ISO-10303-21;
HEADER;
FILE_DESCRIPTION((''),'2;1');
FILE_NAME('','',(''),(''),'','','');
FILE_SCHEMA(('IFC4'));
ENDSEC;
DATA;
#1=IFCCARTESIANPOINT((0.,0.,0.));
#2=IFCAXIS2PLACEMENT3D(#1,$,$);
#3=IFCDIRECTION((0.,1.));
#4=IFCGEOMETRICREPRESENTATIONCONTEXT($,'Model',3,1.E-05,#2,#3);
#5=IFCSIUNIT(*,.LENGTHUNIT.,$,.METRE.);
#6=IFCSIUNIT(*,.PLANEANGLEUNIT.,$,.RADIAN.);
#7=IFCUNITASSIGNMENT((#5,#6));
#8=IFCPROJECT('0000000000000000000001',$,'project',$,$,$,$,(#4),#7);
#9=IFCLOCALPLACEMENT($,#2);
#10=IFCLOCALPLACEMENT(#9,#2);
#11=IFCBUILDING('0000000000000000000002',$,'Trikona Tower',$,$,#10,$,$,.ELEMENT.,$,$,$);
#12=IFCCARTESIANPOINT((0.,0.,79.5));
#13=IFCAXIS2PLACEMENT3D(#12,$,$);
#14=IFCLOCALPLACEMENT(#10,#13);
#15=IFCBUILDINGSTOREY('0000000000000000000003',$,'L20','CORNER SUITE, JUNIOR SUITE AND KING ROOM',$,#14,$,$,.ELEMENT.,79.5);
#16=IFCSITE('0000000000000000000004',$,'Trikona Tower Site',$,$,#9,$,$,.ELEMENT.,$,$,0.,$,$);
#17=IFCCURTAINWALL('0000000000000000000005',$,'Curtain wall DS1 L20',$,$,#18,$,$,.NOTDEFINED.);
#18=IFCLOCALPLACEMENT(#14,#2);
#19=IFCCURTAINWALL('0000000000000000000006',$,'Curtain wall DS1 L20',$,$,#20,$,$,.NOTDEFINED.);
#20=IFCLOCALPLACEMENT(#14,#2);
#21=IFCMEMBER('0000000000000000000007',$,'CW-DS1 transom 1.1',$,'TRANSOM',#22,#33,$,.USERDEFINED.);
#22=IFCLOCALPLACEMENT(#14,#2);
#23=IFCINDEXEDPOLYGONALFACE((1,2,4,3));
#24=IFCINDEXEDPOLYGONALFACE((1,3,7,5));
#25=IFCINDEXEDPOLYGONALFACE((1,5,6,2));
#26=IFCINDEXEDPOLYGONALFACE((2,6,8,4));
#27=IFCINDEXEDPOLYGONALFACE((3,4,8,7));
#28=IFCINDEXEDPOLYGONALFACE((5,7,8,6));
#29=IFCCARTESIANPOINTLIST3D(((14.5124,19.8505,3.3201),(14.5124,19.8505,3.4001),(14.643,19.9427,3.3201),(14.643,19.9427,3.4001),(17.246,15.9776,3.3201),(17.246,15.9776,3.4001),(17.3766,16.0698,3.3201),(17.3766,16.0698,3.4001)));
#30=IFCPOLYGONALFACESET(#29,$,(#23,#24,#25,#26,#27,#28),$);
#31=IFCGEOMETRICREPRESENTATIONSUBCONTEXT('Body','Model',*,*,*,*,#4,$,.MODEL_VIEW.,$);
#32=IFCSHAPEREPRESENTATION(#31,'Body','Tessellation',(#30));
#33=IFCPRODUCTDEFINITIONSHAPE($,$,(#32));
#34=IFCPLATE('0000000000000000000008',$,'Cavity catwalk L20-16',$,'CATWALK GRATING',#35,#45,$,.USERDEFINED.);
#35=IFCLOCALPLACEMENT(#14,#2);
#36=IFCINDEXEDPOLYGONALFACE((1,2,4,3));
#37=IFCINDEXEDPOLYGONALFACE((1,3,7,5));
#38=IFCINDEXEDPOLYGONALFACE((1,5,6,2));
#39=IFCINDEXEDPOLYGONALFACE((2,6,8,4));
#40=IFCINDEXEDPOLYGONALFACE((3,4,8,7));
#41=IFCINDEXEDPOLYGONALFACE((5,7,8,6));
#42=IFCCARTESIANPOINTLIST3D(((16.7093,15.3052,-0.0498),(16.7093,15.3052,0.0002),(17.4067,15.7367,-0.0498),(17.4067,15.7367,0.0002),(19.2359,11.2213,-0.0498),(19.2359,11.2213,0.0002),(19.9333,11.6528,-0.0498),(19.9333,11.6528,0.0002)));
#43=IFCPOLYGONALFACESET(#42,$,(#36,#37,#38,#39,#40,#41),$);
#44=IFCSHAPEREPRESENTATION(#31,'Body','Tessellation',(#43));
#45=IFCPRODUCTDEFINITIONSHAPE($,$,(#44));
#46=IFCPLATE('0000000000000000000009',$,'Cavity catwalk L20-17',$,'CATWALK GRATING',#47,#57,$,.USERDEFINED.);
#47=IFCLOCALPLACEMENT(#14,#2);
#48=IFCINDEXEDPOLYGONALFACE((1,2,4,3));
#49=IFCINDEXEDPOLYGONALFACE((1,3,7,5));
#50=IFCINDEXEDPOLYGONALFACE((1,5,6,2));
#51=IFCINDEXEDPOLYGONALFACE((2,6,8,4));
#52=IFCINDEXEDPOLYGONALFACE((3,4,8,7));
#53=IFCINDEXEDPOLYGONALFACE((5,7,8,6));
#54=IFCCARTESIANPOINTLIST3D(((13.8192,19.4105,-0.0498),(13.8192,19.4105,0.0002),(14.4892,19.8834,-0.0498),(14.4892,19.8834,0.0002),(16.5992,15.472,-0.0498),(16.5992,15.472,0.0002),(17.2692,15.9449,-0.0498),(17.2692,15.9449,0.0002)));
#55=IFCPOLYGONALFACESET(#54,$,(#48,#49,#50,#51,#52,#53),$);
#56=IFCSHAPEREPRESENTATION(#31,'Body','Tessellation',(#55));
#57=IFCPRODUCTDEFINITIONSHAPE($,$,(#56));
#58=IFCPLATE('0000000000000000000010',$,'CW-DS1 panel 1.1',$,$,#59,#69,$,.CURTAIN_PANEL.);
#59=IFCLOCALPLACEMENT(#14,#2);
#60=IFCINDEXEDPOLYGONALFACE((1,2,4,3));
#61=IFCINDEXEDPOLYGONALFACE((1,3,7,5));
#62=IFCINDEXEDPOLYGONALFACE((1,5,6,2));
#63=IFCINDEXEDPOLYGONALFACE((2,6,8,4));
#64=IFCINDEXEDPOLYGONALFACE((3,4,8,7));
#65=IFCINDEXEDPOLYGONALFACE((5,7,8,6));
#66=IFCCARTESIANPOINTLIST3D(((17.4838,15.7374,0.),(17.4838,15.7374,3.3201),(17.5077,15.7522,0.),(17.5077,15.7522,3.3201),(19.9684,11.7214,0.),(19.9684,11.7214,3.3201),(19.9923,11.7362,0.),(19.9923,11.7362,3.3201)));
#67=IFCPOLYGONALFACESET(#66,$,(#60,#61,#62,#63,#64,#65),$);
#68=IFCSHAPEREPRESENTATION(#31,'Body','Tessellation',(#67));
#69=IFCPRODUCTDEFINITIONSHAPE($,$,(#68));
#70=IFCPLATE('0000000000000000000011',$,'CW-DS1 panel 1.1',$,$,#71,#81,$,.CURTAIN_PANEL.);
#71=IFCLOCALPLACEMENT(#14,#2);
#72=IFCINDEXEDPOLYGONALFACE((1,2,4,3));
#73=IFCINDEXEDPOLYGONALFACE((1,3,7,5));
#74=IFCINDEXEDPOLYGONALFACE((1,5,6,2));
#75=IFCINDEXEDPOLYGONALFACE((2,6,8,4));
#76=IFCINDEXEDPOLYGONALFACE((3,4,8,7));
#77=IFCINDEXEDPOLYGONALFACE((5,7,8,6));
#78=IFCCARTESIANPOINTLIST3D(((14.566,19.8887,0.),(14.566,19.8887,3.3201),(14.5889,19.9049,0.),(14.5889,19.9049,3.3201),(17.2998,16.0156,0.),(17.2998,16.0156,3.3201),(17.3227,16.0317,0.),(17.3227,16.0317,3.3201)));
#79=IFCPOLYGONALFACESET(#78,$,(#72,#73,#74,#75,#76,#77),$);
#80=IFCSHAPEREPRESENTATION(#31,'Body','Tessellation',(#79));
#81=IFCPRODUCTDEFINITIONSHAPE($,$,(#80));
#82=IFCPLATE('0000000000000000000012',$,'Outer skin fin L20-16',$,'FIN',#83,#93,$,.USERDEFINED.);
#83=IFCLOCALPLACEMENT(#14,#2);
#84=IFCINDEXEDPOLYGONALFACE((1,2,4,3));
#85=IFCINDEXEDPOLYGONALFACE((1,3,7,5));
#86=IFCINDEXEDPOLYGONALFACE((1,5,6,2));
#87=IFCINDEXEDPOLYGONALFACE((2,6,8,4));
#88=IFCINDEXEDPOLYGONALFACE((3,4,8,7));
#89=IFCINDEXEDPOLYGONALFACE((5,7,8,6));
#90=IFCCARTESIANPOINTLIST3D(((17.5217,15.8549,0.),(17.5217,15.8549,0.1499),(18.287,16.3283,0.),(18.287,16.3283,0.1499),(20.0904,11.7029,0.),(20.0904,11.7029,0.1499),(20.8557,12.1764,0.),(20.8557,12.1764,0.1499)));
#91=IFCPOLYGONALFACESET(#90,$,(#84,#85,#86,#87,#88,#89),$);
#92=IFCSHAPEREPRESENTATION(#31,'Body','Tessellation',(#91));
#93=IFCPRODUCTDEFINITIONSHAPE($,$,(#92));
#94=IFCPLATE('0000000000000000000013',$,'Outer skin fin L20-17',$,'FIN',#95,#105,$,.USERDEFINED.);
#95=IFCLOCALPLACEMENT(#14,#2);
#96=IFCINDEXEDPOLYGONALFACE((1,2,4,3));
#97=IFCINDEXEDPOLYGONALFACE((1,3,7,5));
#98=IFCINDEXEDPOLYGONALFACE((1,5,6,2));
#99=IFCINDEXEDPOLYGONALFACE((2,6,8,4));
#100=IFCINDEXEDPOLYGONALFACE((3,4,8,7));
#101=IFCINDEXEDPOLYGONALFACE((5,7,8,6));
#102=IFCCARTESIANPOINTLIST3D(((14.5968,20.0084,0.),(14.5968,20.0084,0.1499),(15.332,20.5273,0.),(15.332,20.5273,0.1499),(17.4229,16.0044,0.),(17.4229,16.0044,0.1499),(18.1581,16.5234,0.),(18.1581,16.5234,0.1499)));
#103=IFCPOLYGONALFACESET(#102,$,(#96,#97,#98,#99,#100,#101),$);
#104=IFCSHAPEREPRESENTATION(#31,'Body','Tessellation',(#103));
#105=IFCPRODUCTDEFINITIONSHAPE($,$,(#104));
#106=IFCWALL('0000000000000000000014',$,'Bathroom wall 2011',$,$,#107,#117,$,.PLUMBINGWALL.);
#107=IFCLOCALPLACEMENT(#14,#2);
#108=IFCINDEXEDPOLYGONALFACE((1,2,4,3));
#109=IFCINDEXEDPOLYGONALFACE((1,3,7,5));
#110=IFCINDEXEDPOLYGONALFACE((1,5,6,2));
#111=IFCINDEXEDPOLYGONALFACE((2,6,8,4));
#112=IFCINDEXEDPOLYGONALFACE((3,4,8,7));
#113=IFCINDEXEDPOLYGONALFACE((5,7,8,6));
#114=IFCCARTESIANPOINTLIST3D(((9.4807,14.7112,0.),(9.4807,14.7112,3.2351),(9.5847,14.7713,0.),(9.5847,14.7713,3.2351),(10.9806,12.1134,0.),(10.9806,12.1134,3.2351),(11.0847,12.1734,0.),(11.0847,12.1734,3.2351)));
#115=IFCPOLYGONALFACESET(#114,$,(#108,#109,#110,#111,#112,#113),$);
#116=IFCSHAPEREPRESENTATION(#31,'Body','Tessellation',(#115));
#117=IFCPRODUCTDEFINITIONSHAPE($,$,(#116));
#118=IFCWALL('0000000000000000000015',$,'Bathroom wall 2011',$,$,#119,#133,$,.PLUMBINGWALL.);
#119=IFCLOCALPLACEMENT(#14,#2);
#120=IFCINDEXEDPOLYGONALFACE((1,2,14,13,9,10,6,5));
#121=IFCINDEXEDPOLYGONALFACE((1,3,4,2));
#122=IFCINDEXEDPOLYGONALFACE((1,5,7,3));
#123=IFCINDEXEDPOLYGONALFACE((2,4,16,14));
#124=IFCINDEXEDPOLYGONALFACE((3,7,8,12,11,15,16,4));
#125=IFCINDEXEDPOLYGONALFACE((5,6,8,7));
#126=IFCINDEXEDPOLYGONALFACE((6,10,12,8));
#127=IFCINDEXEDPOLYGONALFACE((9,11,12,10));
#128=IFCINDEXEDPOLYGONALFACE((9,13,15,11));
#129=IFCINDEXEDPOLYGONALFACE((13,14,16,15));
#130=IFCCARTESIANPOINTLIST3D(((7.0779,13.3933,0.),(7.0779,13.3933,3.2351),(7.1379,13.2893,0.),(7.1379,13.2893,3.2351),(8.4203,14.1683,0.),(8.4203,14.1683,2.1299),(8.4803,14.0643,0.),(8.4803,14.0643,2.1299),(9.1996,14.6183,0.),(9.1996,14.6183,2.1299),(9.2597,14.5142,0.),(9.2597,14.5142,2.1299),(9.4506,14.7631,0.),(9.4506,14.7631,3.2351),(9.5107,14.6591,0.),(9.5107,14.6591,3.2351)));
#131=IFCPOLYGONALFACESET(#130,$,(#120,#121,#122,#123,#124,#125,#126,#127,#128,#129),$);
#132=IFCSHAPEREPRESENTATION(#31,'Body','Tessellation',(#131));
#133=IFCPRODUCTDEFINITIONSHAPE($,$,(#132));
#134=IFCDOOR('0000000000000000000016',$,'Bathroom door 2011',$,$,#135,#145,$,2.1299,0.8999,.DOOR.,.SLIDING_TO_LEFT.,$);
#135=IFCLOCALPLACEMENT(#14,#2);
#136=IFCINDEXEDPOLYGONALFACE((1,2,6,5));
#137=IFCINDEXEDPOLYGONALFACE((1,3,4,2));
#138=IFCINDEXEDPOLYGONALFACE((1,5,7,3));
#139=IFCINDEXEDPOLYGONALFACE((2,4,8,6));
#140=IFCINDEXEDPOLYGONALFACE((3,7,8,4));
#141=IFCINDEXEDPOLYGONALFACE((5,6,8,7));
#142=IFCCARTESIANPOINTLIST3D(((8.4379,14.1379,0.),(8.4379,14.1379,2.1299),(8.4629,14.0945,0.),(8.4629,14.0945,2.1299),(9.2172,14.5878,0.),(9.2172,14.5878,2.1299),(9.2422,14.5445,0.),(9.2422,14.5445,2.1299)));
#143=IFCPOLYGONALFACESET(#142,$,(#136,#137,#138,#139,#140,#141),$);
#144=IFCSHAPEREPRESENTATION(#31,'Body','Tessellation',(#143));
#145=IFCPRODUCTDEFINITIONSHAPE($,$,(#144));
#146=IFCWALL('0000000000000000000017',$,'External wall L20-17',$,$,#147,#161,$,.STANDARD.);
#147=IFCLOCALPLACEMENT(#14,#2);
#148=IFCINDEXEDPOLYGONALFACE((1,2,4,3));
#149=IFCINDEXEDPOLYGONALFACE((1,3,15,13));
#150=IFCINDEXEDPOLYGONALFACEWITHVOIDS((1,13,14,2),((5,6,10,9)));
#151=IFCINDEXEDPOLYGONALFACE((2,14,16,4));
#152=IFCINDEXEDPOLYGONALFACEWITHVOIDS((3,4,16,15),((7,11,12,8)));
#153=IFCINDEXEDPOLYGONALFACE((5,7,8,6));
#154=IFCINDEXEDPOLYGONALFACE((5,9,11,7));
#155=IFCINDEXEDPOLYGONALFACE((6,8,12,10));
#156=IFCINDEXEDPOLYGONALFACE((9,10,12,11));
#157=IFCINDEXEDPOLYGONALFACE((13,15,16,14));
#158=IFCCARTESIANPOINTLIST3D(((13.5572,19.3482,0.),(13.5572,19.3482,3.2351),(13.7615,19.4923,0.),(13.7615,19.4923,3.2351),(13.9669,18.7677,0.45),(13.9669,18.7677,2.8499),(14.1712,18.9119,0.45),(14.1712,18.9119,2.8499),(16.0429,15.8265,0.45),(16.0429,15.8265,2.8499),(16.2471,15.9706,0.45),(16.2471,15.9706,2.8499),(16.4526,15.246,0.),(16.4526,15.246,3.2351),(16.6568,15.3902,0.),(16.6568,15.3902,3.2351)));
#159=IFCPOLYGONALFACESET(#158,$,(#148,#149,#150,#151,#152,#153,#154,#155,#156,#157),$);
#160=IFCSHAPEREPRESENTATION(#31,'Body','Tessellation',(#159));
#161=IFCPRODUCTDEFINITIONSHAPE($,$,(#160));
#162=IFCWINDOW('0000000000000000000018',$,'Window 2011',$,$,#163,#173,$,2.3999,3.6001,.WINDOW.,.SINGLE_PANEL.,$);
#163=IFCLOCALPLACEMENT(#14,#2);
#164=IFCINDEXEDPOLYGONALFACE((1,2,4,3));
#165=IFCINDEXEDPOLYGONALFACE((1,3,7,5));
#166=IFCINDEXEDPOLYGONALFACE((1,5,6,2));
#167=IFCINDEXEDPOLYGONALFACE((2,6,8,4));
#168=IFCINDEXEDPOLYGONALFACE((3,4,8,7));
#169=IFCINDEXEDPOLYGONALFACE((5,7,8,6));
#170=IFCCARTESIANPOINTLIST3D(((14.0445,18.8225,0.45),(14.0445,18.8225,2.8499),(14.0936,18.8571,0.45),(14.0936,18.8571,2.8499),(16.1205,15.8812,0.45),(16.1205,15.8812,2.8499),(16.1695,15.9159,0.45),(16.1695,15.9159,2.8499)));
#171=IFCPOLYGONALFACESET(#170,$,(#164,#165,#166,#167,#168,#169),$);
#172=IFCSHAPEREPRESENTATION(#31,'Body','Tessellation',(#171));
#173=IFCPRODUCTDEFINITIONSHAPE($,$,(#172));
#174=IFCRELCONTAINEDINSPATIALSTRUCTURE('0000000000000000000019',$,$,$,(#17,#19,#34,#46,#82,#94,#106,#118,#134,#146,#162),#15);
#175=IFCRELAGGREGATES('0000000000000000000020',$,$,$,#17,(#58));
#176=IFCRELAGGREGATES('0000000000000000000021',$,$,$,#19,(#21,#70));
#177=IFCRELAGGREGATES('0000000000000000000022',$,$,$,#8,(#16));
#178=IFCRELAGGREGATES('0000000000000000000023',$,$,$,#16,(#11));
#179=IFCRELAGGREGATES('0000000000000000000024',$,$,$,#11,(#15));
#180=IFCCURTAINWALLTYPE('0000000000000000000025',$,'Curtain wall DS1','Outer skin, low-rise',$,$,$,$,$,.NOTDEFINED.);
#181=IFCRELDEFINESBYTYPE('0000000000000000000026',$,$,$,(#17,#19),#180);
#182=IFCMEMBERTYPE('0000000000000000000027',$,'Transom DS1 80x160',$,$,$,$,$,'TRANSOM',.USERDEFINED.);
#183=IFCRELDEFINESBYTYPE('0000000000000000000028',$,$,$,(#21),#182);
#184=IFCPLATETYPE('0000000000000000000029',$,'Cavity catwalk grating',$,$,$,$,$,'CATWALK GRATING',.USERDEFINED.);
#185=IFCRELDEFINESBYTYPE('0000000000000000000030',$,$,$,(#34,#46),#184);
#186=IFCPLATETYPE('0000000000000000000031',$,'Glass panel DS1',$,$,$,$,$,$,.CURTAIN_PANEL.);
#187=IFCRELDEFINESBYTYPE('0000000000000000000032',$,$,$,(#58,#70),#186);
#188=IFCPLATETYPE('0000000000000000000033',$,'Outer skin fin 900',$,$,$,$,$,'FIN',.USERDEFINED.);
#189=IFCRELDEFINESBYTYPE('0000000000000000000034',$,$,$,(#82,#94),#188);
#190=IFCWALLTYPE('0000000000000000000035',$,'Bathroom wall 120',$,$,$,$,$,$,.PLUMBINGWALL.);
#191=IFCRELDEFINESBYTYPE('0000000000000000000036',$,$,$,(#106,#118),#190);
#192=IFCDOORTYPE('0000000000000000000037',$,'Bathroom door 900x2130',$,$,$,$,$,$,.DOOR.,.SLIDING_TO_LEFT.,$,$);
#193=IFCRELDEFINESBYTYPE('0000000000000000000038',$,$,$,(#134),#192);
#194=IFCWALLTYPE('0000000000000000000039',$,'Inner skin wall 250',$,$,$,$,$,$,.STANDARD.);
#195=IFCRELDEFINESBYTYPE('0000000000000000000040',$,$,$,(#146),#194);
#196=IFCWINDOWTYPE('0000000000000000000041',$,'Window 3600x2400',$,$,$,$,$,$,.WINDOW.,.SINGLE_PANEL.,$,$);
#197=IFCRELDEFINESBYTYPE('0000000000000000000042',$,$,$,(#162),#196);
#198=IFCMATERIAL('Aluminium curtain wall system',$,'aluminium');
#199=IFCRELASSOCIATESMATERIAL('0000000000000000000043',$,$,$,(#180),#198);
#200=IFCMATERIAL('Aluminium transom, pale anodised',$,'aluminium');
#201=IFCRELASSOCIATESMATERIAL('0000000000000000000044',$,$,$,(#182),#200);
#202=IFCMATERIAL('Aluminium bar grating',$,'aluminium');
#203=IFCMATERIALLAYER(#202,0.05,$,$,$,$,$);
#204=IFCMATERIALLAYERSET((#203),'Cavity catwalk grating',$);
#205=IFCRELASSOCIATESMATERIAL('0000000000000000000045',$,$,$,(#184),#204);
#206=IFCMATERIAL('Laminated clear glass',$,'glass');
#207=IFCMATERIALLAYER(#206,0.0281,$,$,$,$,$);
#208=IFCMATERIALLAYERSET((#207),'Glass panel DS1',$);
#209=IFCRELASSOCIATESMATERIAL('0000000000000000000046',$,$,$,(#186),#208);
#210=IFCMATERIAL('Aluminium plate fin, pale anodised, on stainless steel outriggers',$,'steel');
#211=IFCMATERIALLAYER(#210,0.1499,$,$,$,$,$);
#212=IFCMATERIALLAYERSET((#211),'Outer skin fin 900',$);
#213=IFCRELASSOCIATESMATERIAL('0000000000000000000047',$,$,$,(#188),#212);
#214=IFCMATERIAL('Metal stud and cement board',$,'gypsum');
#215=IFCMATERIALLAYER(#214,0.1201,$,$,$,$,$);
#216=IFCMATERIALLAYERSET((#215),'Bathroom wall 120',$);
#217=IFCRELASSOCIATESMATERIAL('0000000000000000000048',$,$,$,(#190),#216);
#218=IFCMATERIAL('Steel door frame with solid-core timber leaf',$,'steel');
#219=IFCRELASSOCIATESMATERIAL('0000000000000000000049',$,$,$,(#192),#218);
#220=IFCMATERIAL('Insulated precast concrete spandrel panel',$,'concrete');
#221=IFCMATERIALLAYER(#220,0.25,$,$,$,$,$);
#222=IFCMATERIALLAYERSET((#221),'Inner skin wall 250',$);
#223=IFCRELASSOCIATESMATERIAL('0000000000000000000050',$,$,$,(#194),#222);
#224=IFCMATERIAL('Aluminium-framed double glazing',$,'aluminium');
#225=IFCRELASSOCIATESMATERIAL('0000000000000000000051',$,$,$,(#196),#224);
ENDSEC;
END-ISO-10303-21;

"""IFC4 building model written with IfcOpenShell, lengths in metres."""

from ifc_helpers import new_model, si_unit, direction, frame, frame_2d, origin, origin_2d, place, context, subcontext, project, spatial, rectangle, extrude, material, layer, layer_set, material_profile, profile_set, type_object, element, fill, aggregate, save


model = new_model("IFC4")

# Units and contexts
model_context = context("Model", 3, precision=1e-05, world=origin(), true_north=direction((0.0, 1.0)))
body_context = subcontext(model_context, "Body", "Model", "MODEL_VIEW")
ifc_project = project(units=[si_unit("LENGTHUNIT", "METRE"), si_unit("PLANEANGLEUNIT", "RADIAN")], contexts=[model_context])

# Site, building, storey
site_placement = place(None, origin())
site = spatial("IfcSite", under=ifc_project, at=site_placement, Name="Trikona Tower Site", CompositionType="ELEMENT", RefElevation=0.0)
building_placement = place(site_placement, origin())
building = spatial("IfcBuilding", under=site, at=building_placement, Name="Trikona Tower", CompositionType="ELEMENT")
storey_placement = place(building_placement, frame((0.0, 0.0, 79.5)))
storey = spatial("IfcBuildingStorey", under=building, at=storey_placement, Name="L20", Description="CORNER SUITE, JUNIOR SUITE AND KING ROOM", CompositionType="ELEMENT", Elevation=79.5)

# Shared definitions
ifc_material_1 = material(Name="Aluminium curtain wall system", Category="aluminium")
curtain_wall_type = type_object("IfcCurtainWallType", Name="Curtain wall DS1", Description="Outer skin, low-rise", PredefinedType="NOTDEFINED", material=ifc_material_1)

# Curtain walls
curtain_wall_1_placement = place(storey_placement, origin())
curtain_wall_1 = element("IfcCurtainWall", 1, at=curtain_wall_1_placement, inside=storey, type_object=curtain_wall_type, Name="Curtain wall DS1 L20", PredefinedType="NOTDEFINED")
curtain_wall_2_placement = place(storey_placement, origin())
curtain_wall_2 = element("IfcCurtainWall", 2, at=curtain_wall_2_placement, inside=storey, type_object=curtain_wall_type, Name="Curtain wall DS1 L20", PredefinedType="NOTDEFINED")

# Member
ifc_material_2 = material(Name="Aluminium transom, pale anodised", Category="aluminium")
ifc_material_profile_1 = material_profile(ifc_material_2, rectangle(XDim=0.1599, YDim=0.0801, at=origin_2d()), Name="TRN-DS1")
ifc_profile_set_1 = profile_set([ifc_material_profile_1], Name="Aluminium transom, pale anodised")
member_type_1 = type_object("IfcMemberType", Name="Transom DS1 80x160", ElementType="TRANSOM", PredefinedType="USERDEFINED", material=ifc_profile_set_1)
member_1_placement = place(storey_placement, frame((17.3113, 16.0237, 3.3601), z_axis=(-0.576645, 0.816995, 0.0), x_axis=(-0.816995, -0.576645, 0.0)))
member_1 = element("IfcMember", 3, at=member_1_placement, type_object=member_type_1, Name="CW-DS1 transom 1.1", ObjectType="TRANSOM", PredefinedType="USERDEFINED", context=body_context, shape_type="SweptSolid", body=[
    extrude(rectangle(XDim=0.1599, YDim=0.0801, at=origin_2d()), origin(), (0.0, 0.0, 1.0), 4.7405),
])

# Plates
ifc_material_3 = material(Name="Aluminium bar grating", Category="aluminium")
ifc_layer_1 = layer(ifc_material_3, 0.05)
ifc_layer_set_1 = layer_set([ifc_layer_1], Name="Cavity catwalk grating")
plate_type_1 = type_object("IfcPlateType", Name="Cavity catwalk grating", ElementType="CATWALK GRATING", PredefinedType="USERDEFINED", material=ifc_layer_set_1)
plate_1_placement = place(storey_placement, frame((18.3213, 13.479, -0.0498), z_axis=(0.0, 0.0, 1.0), x_axis=(-0.526119, 0.850411, 0.0)))
element("IfcPlate", 4, at=plate_1_placement, inside=storey, type_object=plate_type_1, Name="Cavity catwalk L20-16", ObjectType="CATWALK GRATING", PredefinedType="USERDEFINED", context=body_context, shape_type="SweptSolid", body=[
    extrude(rectangle(XDim=4.8022, YDim=0.8201, at=origin_2d()), origin(), (0.0, 0.0, 1.0), 0.05),
])
plate_2_placement = place(storey_placement, frame((15.5442, 17.6777, -0.0498), z_axis=(0.0, 0.0, 1.0), x_axis=(-0.576662, 0.816983, 0.0)))
element("IfcPlate", 5, at=plate_2_placement, inside=storey, type_object=plate_type_1, Name="Cavity catwalk L20-17", ObjectType="CATWALK GRATING", PredefinedType="USERDEFINED", context=body_context, shape_type="SweptSolid", body=[
    extrude(rectangle(XDim=4.8208, YDim=0.8201, at=origin_2d()), origin(), (0.0, 0.0, 1.0), 0.05),
])

# Plates
ifc_material_4 = material(Name="Laminated clear glass", Category="glass")
ifc_layer_2 = layer(ifc_material_4, 0.0281)
ifc_layer_set_2 = layer_set([ifc_layer_2], Name="Glass panel DS1")
plate_type_2 = type_object("IfcPlateType", Name="Glass panel DS1", PredefinedType="CURTAIN_PANEL", material=ifc_layer_set_2)
plate_3_placement = place(storey_placement, frame((18.738, 13.7368, 0.0), z_axis=(0.0, 0.0, 1.0), x_axis=(-0.52612, 0.85041, 0.0)))
plate_3 = element("IfcPlate", 6, at=plate_3_placement, type_object=plate_type_2, Name="CW-DS1 panel 1.1", PredefinedType="CURTAIN_PANEL", context=body_context, shape_type="SweptSolid", body=[
    extrude(rectangle(XDim=4.7224, YDim=0.0281, at=origin_2d()), origin(), (0.0, 0.0, 1.0), 3.3201),
])
aggregate(curtain_wall_1, [plate_3])
plate_4_placement = place(storey_placement, frame((15.9443, 17.9602, 0.0), z_axis=(0.0, 0.0, 1.0), x_axis=(-0.576658, 0.816985, 0.0)))
plate_4 = element("IfcPlate", 7, at=plate_4_placement, type_object=plate_type_2, Name="CW-DS1 panel 1.1", PredefinedType="CURTAIN_PANEL", context=body_context, shape_type="SweptSolid", body=[
    extrude(rectangle(XDim=4.7407, YDim=0.0281, at=origin_2d()), origin(), (0.0, 0.0, 1.0), 3.3201),
])
aggregate(curtain_wall_2, [member_1, plate_4])

# Plates
ifc_material_5 = material(Name="Aluminium plate fin, pale anodised, on stainless steel outriggers", Category="steel")
ifc_layer_3 = layer(ifc_material_5, 0.1499)
ifc_layer_set_3 = layer_set([ifc_layer_3], Name="Outer skin fin 900")
plate_type_3 = type_object("IfcPlateType", Name="Outer skin fin 900", ElementType="FIN", PredefinedType="USERDEFINED", material=ifc_layer_set_3)
plate_5_placement = place(storey_placement, frame((19.1887, 14.0156, 0.0), z_axis=(0.0, 0.0, 1.0), x_axis=(-0.526119, 0.850411, 0.0)))
element("IfcPlate", 8, at=plate_5_placement, inside=storey, type_object=plate_type_3, Name="Outer skin fin L20-16", ObjectType="FIN", PredefinedType="USERDEFINED", context=body_context, shape_type="SweptSolid", body=[
    extrude(rectangle(XDim=4.8823, YDim=0.8999, at=origin_2d()), origin(), (0.0, 0.0, 1.0), 0.1499),
])
plate_6_placement = place(storey_placement, frame((16.3774, 18.2659, 0.0), z_axis=(0.0, 0.0, 1.0), x_axis=(-0.576662, 0.816983, 0.0)))
element("IfcPlate", 9, at=plate_6_placement, inside=storey, type_object=plate_type_3, Name="Outer skin fin L20-17", ObjectType="FIN", PredefinedType="USERDEFINED", context=body_context, shape_type="SweptSolid", body=[
    extrude(rectangle(XDim=4.9009, YDim=0.8999, at=origin_2d()), origin(), (0.0, 0.0, 1.0), 0.1499),
])

# Wall
ifc_material_6 = material(Name="Metal stud and cement board", Category="gypsum")
ifc_layer_4 = layer(ifc_material_6, 0.1201)
ifc_layer_set_4 = layer_set([ifc_layer_4], Name="Bathroom wall 120")
wall_type_1 = type_object("IfcWallType", Name="Bathroom wall 120", PredefinedType="PLUMBINGWALL", material=ifc_layer_set_4)
wall_1_placement = place(storey_placement, frame((11.0327, 12.1433, 0.0), z_axis=(0.0, 0.0, 1.0), x_axis=(-0.500025, 0.866011, 0.0)))
element("IfcWall", 10, at=wall_1_placement, inside=storey, type_object=wall_type_1, Name="Bathroom wall 2011", PredefinedType="PLUMBINGWALL", context=body_context, shape_type="SweptSolid", body=[
    extrude(rectangle(XDim=2.9998, YDim=0.1201, at=frame_2d((1.5, 0.0))), origin(), (0.0, 0.0, 1.0), 3.2351),
])

# Wall, opening, door
wall_2_placement = place(storey_placement, frame((7.1079, 13.3413, 0.0), z_axis=(0.0, 0.0, 1.0), x_axis=(0.866036, 0.499982, 0.0)))
wall_2 = element("IfcWall", 11, at=wall_2_placement, inside=storey, type_object=wall_type_1, Name="Bathroom wall 2011", PredefinedType="PLUMBINGWALL", context=body_context, shape_type="SweptSolid", body=[
    extrude(rectangle(XDim=2.7397, YDim=0.1201, at=frame_2d((1.3699, 0.0))), origin(), (0.0, 0.0, 1.0), 3.2351),
])
opening_1_placement = place(wall_2_placement, frame((1.55, 0.0, 0.0)))
opening_1 = element("IfcOpeningElement", 12, at=opening_1_placement, cuts=wall_2, PredefinedType="OPENING", context=body_context, shape_type="SweptSolid", body=[
    extrude(rectangle(XDim=0.8999, YDim=2.1299, at=frame_2d((0.45, 1.0649))), frame((0.0, 0.0701, 0.0), z_axis=(0.0, -1.0, 0.0), x_axis=(1.0, 0.0, 0.0)), (0.0, 0.0, 1.0), 0.1401),
])
ifc_material_7 = material(Name="Steel door frame with solid-core timber leaf", Category="steel")
door_type = type_object("IfcDoorType", Name="Bathroom door 900x2130", OperationType="SLIDING_TO_LEFT", PredefinedType="DOOR", material=ifc_material_7)
door_placement = place(opening_1_placement, origin())
door = element("IfcDoor", 13, at=door_placement, inside=storey, type_object=door_type, Name="Bathroom door 2011", OperationType="SLIDING_TO_LEFT", OverallHeight=2.1299, OverallWidth=0.8999, PredefinedType="DOOR", context=body_context, shape_type="SweptSolid", body=[
    extrude(rectangle(XDim=0.8999, YDim=2.1299, at=frame_2d((0.45, 1.0649))), frame((0.0, 0.0249, 0.0), z_axis=(0.0, -1.0, 0.0), x_axis=(1.0, 0.0, 0.0)), (0.0, 0.0, 1.0), 0.05),
])
fill(opening_1, door)

# Wall, opening, window
ifc_material_8 = material(Name="Insulated precast concrete spandrel panel", Category="concrete")
ifc_layer_5 = layer(ifc_material_8, 0.25)
ifc_layer_set_5 = layer_set([ifc_layer_5], Name="Inner skin wall 250")
wall_type_2 = type_object("IfcWallType", Name="Inner skin wall 250", PredefinedType="STANDARD", material=ifc_layer_set_5)
wall_3_placement = place(storey_placement, frame((16.5547, 15.3181, 0.0), z_axis=(0.0, 0.0, 1.0), x_axis=(-0.576643, 0.816996, 0.0)))
wall_3 = element("IfcWall", 14, at=wall_3_placement, inside=storey, type_object=wall_type_2, Name="External wall L20-17", PredefinedType="STANDARD", context=body_context, shape_type="SweptSolid", body=[
    extrude(rectangle(XDim=5.021, YDim=0.25, at=frame_2d((2.5105, 0.0))), origin(), (0.0, 0.0, 1.0), 3.2351),
])
opening_2_placement = place(wall_3_placement, frame((0.7104, 0.0, 0.45)))
opening_2 = element("IfcOpeningElement", 15, at=opening_2_placement, cuts=wall_3, PredefinedType="OPENING", context=body_context, shape_type="SweptSolid", body=[
    extrude(rectangle(XDim=3.6001, YDim=2.3999, at=frame_2d((1.8, 1.2))), frame((0.0, 0.135, 0.0), z_axis=(0.0, -1.0, 0.0), x_axis=(1.0, 0.0, 0.0)), (0.0, 0.0, 1.0), 0.27),
])
ifc_material_9 = material(Name="Aluminium-framed double glazing", Category="aluminium")
window_type = type_object("IfcWindowType", Name="Window 3600x2400", PartitioningType="SINGLE_PANEL", PredefinedType="WINDOW", material=ifc_material_9)
window_1_placement = place(opening_2_placement, origin())
window_1 = element("IfcWindow", 16, at=window_1_placement, inside=storey, type_object=window_type, Name="Window 2011", OverallHeight=2.3999, OverallWidth=3.6001, PartitioningType="SINGLE_PANEL", PredefinedType="WINDOW", context=body_context, shape_type="SweptSolid", body=[
    extrude(rectangle(XDim=3.6001, YDim=2.3999, at=frame_2d((1.8, 1.2))), frame((0.0, 0.03, 0.0), z_axis=(0.0, -1.0, 0.0), x_axis=(1.0, 0.0, 0.0)), (0.0, 0.0, 1.0), 0.0601),
])
fill(opening_2, window_1)

save(model, "model.ifc")
